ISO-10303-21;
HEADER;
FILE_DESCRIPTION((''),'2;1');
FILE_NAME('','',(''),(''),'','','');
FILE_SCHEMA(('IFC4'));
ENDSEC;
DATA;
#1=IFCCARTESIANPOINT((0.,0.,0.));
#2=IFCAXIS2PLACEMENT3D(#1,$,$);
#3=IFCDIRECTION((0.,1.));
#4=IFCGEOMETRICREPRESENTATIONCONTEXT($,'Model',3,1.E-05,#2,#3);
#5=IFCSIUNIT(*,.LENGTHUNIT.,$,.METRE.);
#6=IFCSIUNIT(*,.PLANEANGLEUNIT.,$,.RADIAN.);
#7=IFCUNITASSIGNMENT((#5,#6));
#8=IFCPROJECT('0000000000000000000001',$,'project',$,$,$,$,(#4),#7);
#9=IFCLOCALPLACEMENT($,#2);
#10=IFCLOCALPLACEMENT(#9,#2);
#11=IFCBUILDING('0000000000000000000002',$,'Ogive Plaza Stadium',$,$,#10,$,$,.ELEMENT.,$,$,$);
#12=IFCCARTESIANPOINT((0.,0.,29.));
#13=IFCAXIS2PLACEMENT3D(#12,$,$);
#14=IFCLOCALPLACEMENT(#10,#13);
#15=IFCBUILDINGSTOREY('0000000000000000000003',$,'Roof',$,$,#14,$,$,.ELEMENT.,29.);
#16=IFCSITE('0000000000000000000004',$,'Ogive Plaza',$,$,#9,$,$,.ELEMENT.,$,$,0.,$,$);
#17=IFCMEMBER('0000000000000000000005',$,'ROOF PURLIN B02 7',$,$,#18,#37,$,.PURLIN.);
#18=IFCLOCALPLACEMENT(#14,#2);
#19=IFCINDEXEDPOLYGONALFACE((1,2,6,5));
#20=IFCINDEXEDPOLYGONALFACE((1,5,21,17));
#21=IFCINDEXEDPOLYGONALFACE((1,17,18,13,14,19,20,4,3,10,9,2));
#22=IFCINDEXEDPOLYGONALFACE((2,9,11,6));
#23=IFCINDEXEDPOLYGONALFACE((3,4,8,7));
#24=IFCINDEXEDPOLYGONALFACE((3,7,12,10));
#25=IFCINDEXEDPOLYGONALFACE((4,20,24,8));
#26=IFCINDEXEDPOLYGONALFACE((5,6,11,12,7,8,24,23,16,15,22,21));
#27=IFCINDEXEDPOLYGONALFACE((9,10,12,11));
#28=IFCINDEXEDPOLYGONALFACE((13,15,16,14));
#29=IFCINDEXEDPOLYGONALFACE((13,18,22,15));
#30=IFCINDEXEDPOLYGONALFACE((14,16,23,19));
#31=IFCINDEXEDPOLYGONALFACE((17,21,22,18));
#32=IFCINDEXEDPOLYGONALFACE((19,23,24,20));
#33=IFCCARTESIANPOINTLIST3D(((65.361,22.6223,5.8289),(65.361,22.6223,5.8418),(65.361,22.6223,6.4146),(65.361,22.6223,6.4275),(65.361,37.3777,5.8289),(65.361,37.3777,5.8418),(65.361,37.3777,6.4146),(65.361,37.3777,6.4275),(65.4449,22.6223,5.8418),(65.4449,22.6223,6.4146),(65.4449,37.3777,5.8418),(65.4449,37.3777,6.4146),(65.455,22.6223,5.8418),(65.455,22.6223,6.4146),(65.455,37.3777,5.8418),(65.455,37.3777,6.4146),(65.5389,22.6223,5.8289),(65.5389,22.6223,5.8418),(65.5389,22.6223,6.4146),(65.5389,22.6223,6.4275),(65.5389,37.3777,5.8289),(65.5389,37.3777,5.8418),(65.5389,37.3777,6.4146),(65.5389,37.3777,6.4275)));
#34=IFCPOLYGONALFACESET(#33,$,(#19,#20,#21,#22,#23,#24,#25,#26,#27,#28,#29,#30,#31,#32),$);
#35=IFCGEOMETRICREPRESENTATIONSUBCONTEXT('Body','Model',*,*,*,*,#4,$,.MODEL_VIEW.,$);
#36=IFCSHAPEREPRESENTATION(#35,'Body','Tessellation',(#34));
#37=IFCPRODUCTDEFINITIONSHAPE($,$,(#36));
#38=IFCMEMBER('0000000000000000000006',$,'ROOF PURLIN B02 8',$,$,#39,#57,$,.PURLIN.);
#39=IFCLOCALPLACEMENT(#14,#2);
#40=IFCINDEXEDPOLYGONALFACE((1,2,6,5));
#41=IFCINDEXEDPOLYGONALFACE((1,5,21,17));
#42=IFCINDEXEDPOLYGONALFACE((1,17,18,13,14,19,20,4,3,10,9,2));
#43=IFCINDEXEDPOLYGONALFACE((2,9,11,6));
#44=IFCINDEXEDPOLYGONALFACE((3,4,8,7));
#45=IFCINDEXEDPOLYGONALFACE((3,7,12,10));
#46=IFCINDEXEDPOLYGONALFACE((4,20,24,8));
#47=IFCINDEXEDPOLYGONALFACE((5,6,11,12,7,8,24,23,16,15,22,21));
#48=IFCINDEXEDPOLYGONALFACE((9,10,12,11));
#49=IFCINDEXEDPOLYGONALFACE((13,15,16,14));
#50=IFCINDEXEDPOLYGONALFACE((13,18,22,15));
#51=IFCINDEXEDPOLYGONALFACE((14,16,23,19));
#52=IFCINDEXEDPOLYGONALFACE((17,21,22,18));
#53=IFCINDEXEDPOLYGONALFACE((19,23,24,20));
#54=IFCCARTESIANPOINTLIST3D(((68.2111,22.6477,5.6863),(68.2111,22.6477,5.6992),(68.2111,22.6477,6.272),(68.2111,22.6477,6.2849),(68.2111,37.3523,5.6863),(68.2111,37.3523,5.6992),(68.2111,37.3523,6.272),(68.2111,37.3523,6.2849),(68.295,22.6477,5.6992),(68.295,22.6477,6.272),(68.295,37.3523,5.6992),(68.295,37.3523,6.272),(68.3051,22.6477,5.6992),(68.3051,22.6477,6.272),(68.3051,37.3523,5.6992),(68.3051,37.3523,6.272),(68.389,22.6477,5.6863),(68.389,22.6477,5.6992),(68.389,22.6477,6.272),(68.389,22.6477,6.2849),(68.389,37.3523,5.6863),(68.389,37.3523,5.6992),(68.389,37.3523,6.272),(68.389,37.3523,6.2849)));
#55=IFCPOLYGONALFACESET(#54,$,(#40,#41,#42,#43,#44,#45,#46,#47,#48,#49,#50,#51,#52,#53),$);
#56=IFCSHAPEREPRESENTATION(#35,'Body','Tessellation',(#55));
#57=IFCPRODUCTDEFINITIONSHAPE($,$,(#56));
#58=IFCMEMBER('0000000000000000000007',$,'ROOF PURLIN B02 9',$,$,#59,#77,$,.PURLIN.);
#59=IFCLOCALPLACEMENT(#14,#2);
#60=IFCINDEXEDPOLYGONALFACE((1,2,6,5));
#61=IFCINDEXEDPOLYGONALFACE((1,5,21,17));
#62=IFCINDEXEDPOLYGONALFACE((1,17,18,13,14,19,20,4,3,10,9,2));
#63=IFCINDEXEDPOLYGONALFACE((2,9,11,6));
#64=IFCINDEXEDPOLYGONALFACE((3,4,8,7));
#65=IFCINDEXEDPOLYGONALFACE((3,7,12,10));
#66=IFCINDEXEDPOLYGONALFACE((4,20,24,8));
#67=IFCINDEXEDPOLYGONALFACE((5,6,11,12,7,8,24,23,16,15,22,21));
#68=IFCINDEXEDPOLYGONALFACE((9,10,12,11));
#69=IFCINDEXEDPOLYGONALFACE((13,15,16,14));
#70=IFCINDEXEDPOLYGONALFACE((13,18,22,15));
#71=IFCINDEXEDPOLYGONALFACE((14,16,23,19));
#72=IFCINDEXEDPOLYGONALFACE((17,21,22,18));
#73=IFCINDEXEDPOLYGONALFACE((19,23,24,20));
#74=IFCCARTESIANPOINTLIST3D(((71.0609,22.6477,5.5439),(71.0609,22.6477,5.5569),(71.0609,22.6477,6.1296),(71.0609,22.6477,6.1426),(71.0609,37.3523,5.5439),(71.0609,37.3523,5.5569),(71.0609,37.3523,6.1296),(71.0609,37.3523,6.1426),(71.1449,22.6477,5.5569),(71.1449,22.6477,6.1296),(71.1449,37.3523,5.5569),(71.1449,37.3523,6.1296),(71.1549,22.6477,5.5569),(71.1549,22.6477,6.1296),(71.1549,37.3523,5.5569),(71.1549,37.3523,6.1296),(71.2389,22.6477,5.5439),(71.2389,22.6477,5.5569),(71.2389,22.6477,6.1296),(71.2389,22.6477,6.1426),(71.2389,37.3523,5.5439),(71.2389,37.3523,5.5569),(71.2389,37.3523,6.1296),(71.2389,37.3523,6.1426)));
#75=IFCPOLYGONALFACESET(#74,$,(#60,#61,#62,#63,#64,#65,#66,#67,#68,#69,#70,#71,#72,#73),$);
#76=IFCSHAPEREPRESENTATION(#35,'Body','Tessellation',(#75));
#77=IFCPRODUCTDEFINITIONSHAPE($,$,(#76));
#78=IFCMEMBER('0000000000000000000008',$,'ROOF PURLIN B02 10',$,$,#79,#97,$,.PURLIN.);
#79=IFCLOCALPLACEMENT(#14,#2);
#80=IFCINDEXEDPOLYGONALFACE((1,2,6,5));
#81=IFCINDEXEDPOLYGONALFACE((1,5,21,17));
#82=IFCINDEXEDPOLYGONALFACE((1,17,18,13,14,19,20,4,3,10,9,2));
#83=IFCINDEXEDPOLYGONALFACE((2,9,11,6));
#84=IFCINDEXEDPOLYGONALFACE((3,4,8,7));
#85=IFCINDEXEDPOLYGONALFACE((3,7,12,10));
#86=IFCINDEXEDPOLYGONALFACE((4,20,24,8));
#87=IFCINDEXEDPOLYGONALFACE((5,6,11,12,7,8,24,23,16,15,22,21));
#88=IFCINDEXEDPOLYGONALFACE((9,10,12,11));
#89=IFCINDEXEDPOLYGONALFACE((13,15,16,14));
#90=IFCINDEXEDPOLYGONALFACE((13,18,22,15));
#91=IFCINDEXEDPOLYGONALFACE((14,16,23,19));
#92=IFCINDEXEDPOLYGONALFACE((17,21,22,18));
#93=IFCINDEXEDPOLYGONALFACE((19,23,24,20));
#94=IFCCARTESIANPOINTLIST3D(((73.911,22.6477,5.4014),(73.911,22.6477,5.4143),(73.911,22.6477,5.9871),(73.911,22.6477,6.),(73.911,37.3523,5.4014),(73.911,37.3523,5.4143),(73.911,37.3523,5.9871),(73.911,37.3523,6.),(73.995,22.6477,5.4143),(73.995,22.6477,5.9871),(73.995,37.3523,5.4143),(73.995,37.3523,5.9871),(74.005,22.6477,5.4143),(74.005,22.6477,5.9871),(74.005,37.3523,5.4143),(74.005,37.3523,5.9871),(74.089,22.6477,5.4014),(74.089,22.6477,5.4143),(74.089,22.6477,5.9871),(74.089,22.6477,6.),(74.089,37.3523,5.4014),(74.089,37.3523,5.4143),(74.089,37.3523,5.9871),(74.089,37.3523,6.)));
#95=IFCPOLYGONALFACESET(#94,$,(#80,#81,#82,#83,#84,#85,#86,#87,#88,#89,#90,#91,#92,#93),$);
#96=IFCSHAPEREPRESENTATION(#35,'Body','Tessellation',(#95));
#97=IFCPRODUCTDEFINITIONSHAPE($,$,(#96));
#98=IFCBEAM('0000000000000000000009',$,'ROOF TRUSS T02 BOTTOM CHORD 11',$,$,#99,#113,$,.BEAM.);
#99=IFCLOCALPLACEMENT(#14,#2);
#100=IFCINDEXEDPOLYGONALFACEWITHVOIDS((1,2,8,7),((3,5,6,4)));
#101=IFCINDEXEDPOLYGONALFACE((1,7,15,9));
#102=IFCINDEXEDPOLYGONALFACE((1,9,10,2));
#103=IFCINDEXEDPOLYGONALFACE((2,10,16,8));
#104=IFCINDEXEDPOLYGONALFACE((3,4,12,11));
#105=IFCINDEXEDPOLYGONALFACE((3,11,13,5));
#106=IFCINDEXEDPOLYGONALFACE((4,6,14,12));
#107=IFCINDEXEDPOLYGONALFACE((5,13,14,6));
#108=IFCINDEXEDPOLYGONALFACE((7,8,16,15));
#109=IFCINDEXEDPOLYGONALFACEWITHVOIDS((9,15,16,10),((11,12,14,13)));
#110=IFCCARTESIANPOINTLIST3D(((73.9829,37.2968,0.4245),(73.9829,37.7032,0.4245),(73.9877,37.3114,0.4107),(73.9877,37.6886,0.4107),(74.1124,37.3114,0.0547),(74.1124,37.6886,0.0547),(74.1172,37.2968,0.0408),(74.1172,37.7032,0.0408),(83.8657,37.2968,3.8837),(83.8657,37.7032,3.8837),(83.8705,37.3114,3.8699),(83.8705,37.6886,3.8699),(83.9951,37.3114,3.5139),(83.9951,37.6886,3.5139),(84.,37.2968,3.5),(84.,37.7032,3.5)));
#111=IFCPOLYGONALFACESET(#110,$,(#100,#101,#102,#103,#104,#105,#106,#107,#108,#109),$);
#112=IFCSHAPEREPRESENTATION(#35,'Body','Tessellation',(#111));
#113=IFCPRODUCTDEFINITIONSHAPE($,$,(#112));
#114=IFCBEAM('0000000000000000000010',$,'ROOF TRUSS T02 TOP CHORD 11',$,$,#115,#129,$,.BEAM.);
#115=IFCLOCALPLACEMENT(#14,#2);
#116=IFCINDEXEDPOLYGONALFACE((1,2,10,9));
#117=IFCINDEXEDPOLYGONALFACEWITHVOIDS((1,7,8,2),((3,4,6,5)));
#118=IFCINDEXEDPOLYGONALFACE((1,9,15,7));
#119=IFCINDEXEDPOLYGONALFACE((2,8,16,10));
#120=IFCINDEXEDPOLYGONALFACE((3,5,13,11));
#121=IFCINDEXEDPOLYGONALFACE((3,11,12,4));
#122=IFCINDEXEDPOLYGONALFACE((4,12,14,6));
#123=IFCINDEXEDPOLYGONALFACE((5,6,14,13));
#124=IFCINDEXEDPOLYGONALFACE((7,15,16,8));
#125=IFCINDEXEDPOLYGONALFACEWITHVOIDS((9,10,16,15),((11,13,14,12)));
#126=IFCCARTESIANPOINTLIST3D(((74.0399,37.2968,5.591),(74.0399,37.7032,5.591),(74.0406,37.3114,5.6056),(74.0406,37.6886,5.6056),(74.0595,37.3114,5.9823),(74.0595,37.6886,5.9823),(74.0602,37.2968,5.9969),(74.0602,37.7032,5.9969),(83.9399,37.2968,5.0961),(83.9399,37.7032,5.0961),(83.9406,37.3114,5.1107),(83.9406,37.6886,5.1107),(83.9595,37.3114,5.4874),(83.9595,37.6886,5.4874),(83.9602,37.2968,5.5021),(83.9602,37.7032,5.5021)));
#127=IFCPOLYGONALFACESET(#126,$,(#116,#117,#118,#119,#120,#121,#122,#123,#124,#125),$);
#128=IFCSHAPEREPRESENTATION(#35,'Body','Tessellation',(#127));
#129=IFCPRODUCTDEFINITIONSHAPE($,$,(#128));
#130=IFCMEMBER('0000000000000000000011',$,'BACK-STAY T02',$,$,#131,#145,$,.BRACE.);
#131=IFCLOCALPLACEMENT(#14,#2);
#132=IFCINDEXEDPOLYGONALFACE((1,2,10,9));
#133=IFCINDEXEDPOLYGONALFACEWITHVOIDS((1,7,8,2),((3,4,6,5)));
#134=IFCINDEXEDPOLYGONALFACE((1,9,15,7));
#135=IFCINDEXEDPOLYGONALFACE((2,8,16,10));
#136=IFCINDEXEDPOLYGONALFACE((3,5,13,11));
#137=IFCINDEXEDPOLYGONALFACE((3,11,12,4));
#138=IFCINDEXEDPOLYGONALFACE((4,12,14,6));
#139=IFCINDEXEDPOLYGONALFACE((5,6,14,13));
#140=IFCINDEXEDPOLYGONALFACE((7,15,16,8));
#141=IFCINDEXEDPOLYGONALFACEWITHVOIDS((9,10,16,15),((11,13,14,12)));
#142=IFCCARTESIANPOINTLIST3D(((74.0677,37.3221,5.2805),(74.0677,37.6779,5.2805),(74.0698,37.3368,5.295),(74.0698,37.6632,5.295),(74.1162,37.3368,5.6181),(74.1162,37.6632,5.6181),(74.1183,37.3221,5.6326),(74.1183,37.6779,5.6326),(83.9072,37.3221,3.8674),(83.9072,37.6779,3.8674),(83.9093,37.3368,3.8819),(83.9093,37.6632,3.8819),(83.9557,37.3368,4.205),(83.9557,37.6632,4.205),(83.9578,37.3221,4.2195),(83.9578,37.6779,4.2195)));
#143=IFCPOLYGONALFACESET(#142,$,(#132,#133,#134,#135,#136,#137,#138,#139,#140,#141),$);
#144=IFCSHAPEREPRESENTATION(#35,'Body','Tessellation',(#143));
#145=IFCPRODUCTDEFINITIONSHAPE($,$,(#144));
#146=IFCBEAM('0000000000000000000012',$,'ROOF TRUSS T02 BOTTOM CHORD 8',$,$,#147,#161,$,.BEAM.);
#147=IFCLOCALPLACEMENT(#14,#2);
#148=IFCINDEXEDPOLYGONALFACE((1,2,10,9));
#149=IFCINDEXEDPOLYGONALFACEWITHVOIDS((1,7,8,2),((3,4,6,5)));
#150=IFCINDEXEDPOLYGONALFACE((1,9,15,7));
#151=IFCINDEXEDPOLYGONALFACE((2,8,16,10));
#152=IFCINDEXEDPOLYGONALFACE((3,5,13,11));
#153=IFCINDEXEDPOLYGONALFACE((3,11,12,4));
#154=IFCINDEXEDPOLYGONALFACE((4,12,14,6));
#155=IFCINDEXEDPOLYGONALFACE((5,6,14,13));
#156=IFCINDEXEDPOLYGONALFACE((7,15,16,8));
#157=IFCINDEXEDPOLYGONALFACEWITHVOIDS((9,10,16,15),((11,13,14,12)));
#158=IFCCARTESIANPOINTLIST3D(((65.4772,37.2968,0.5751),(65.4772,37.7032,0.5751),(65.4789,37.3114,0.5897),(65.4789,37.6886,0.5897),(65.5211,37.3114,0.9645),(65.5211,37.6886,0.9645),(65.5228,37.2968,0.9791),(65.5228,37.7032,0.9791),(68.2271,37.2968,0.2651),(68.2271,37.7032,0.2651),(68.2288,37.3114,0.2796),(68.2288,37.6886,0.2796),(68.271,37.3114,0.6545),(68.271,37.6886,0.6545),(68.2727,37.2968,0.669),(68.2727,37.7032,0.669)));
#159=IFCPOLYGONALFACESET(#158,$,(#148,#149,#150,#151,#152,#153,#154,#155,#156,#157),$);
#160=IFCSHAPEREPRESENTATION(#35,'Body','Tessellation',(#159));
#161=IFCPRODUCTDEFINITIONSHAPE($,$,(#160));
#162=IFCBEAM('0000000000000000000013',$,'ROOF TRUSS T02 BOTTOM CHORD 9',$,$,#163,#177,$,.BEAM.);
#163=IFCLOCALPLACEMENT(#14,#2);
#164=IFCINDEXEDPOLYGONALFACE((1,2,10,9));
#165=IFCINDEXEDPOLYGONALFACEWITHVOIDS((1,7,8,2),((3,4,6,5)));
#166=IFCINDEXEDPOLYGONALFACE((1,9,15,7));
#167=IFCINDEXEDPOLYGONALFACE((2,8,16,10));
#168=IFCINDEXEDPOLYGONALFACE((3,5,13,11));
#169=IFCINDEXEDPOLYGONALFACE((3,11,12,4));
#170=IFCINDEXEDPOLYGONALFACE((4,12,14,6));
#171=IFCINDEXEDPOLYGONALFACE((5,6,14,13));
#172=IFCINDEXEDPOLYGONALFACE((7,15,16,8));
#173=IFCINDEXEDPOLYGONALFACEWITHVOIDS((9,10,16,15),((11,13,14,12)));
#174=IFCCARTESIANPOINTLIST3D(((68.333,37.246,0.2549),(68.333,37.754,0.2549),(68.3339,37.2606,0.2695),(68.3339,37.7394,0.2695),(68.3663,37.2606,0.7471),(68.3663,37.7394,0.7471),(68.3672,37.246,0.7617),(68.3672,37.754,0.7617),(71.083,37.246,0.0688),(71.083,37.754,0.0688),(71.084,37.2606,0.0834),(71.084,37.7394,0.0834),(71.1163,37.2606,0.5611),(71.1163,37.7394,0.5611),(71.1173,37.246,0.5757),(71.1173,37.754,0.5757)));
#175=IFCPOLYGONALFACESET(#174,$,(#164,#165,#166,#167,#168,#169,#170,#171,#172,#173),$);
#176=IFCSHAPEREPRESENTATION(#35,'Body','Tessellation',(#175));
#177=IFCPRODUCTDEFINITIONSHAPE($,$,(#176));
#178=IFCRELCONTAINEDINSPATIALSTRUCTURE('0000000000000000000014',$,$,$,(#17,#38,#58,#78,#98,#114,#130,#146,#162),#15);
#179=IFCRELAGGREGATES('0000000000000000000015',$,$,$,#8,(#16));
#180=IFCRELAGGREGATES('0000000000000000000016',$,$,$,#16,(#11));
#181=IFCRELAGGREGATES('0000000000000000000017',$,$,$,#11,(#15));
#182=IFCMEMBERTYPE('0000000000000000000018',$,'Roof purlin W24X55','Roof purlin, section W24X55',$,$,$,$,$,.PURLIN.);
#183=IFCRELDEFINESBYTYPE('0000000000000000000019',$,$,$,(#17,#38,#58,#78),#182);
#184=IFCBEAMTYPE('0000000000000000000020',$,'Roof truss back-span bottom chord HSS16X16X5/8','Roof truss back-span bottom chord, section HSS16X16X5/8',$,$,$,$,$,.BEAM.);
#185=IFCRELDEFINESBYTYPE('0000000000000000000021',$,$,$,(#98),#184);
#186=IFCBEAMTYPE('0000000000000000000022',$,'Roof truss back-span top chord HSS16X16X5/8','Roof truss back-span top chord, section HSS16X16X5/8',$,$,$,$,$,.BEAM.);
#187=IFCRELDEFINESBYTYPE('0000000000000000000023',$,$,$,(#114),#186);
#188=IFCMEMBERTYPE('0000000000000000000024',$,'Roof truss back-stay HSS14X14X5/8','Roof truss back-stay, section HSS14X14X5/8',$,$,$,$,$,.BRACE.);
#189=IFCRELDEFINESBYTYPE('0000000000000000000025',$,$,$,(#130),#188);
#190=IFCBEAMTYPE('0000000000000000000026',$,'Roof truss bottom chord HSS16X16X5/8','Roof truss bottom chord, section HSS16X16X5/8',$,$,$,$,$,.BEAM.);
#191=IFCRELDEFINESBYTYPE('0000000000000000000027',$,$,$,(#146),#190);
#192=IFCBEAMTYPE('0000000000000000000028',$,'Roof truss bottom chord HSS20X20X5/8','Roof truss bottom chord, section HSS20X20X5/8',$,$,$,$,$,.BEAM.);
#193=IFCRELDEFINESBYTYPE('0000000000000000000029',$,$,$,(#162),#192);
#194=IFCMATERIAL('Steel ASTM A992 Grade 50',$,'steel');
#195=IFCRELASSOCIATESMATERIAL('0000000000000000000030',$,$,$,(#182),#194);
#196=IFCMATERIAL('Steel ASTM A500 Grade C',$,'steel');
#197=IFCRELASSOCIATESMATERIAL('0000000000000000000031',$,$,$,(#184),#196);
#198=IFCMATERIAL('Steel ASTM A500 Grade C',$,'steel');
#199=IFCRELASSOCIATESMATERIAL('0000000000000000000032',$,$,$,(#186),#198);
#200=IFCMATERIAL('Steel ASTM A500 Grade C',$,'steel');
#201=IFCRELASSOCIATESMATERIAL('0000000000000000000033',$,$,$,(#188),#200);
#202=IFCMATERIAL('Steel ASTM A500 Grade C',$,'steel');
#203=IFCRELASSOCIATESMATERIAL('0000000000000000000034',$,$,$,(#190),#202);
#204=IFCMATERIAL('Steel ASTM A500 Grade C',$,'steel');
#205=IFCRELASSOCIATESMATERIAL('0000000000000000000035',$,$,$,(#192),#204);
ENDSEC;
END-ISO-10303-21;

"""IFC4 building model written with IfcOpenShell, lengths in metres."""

from ifc_helpers import new_model, si_unit, direction, frame, origin, origin_2d, place, context, subcontext, project, spatial, hollow_rectangle, i_section, extrude, material, material_profile, profile_set, type_object, element, save


model = new_model("IFC4")

# Units and contexts
model_context = context("Model", 3, precision=1e-05, world=origin(), true_north=direction((0.0, 1.0)))
body_context = subcontext(model_context, "Body", "Model", "MODEL_VIEW")
ifc_project = project(units=[si_unit("LENGTHUNIT", "METRE"), si_unit("PLANEANGLEUNIT", "RADIAN")], contexts=[model_context])

# Site, building, storey
site_placement = place(None, origin())
site = spatial("IfcSite", under=ifc_project, at=site_placement, Name="Ogive Plaza", CompositionType="ELEMENT", RefElevation=0.0)
building_placement = place(site_placement, origin())
building = spatial("IfcBuilding", under=site, at=building_placement, Name="Ogive Plaza Stadium", CompositionType="ELEMENT")
storey_placement = place(building_placement, frame((0.0, 0.0, 29.0)))
storey = spatial("IfcBuildingStorey", under=building, at=storey_placement, Name="Roof", CompositionType="ELEMENT", Elevation=29.0)

# Members
ifc_material_1 = material(Name="Steel ASTM A992 Grade 50", Category="steel")
ifc_material_profile_1 = material_profile(ifc_material_1, i_section(OverallWidth=0.178, OverallDepth=0.5986, WebThickness=0.01, FlangeThickness=0.0129, at=origin_2d()), Name="W24X55")
ifc_profile_set_1 = profile_set([ifc_material_profile_1], Name="Steel ASTM A992 Grade 50")
member_type_1 = type_object("IfcMemberType", Name="Roof purlin W24X55", Description="Roof purlin, section W24X55", PredefinedType="PURLIN", material=ifc_profile_set_1)
member_1_placement = place(storey_placement, frame((65.45, 37.3777, 6.1282), z_axis=(0.0, -1.0, 0.0), x_axis=(1.0, 0.0, 0.0)))
element("IfcMember", 1, at=member_1_placement, inside=storey, type_object=member_type_1, Name="ROOF PURLIN B02 7", PredefinedType="PURLIN", context=body_context, shape_type="SweptSolid", body=[
    extrude(i_section(OverallWidth=0.178, OverallDepth=0.5986, WebThickness=0.01, FlangeThickness=0.0129, at=origin_2d()), origin(), (0.0, 0.0, 1.0), 14.7554),
])
for number, where, z_axis, x_axis, name in (
    (2, (68.3, 37.3523, 5.9856), (0.0, -1.0, 0.0), (1.0, 0.0, 0.0), "ROOF PURLIN B02 8"),
    (3, (71.1499, 37.3523, 5.8433), (0.0, -1.0, 0.0), (1.0, 0.0, 0.0), "ROOF PURLIN B02 9"),
    (4, (74.0, 37.3523, 5.7007), (0.0, -1.0, 0.0), (1.0, 0.0, 0.0), "ROOF PURLIN B02 10"),
):
    element("IfcMember", number, at=place(storey_placement, frame(where, z_axis=z_axis, x_axis=x_axis)), inside=storey, type_object=member_type_1, Name=name, PredefinedType="PURLIN", context=body_context, shape_type="SweptSolid", body=[
        extrude(i_section(OverallWidth=0.178, OverallDepth=0.5986, WebThickness=0.01, FlangeThickness=0.0129, at=origin_2d()), origin(), (0.0, 0.0, 1.0), 14.7046),
    ])

# Beams
ifc_material_2 = material(Name="Steel ASTM A500 Grade C", Category="steel")
ifc_material_profile_2 = material_profile(ifc_material_2, hollow_rectangle(XDim=0.4065, YDim=0.4065, WallThickness=0.0146, at=origin_2d()), Name="HSS16X16X5/8")
ifc_profile_set_2 = profile_set([ifc_material_profile_2], Name="Steel ASTM A500 Grade C")
beam_type_1 = type_object("IfcBeamType", Name="Roof truss back-span bottom chord HSS16X16X5/8", Description="Roof truss back-span bottom chord, section HSS16X16X5/8", PredefinedType="BEAM", material=ifc_profile_set_2)
beam_1_placement = place(storey_placement, frame((74.05, 37.5, 0.2327), z_axis=(0.943851, 0.0, 0.330371), x_axis=(0.0, 1.0, 0.0)))
element("IfcBeam", 5, at=beam_1_placement, inside=storey, type_object=beam_type_1, Name="ROOF TRUSS T02 BOTTOM CHORD 11", PredefinedType="BEAM", context=body_context, shape_type="SweptSolid", body=[
    extrude(hollow_rectangle(XDim=0.4065, YDim=0.4065, WallThickness=0.0146, at=origin_2d()), origin(), (0.0, 0.0, 1.0), 10.4707),
])
ifc_material_3 = material(Name="Steel ASTM A500 Grade C", Category="steel")
ifc_material_profile_3 = material_profile(ifc_material_3, hollow_rectangle(XDim=0.4065, YDim=0.4065, WallThickness=0.0146, at=origin_2d()), Name="HSS16X16X5/8")
ifc_profile_set_3 = profile_set([ifc_material_profile_3], Name="Steel ASTM A500 Grade C")
beam_type_2 = type_object("IfcBeamType", Name="Roof truss back-span top chord HSS16X16X5/8", Description="Roof truss back-span top chord, section HSS16X16X5/8", PredefinedType="BEAM", material=ifc_profile_set_3)
beam_2_placement = place(storey_placement, frame((74.05, 37.5, 5.7939), z_axis=(0.998753, 0.0, -0.049925), x_axis=(0.0, 1.0, 0.0)))
element("IfcBeam", 6, at=beam_2_placement, inside=storey, type_object=beam_type_2, Name="ROOF TRUSS T02 TOP CHORD 11", PredefinedType="BEAM", context=body_context, shape_type="SweptSolid", body=[
    extrude(hollow_rectangle(XDim=0.4065, YDim=0.4065, WallThickness=0.0146, at=origin_2d()), origin(), (0.0, 0.0, 1.0), 9.9124),
])

# Member
ifc_material_4 = material(Name="Steel ASTM A500 Grade C", Category="steel")
ifc_material_profile_4 = material_profile(ifc_material_4, hollow_rectangle(XDim=0.3557, YDim=0.3557, WallThickness=0.0146, at=origin_2d()), Name="HSS14X14X5/8")
ifc_profile_set_4 = profile_set([ifc_material_profile_4], Name="Steel ASTM A500 Grade C")
member_type_2 = type_object("IfcMemberType", Name="Roof truss back-stay HSS14X14X5/8", Description="Roof truss back-stay, section HSS14X14X5/8", PredefinedType="BRACE", material=ifc_profile_set_4)
member_2_placement = place(storey_placement, frame((74.093, 37.5, 5.4565), z_axis=(0.989844, 0.0, -0.142157), x_axis=(0.0, 1.0, 0.0)))
element("IfcMember", 7, at=member_2_placement, inside=storey, type_object=member_type_2, Name="BACK-STAY T02", PredefinedType="BRACE", context=body_context, shape_type="SweptSolid", body=[
    extrude(hollow_rectangle(XDim=0.3557, YDim=0.3557, WallThickness=0.0146, at=origin_2d()), origin(), (0.0, 0.0, 1.0), 9.9404),
])

# Beams
ifc_material_5 = material(Name="Steel ASTM A500 Grade C", Category="steel")
ifc_material_profile_5 = material_profile(ifc_material_5, hollow_rectangle(XDim=0.4065, YDim=0.4065, WallThickness=0.0146, at=origin_2d()), Name="HSS16X16X5/8")
ifc_profile_set_5 = profile_set([ifc_material_profile_5], Name="Steel ASTM A500 Grade C")
beam_type_3 = type_object("IfcBeamType", Name="Roof truss bottom chord HSS16X16X5/8", Description="Roof truss bottom chord, section HSS16X16X5/8", PredefinedType="BEAM", material=ifc_profile_set_5)
beam_3_placement = place(storey_placement, frame((65.5, 37.5, 0.7771), z_axis=(0.993704, 0.0, -0.112039), x_axis=(0.0, 1.0, 0.0)))
element("IfcBeam", 8, at=beam_3_placement, inside=storey, type_object=beam_type_3, Name="ROOF TRUSS T02 BOTTOM CHORD 8", PredefinedType="BEAM", context=body_context, shape_type="SweptSolid", body=[
    extrude(hollow_rectangle(XDim=0.4065, YDim=0.4065, WallThickness=0.0146, at=origin_2d()), origin(), (0.0, 0.0, 1.0), 2.7673),
])
ifc_material_6 = material(Name="Steel ASTM A500 Grade C", Category="steel")
ifc_material_profile_6 = material_profile(ifc_material_6, hollow_rectangle(XDim=0.5081, YDim=0.5081, WallThickness=0.0146, at=origin_2d()), Name="HSS20X20X5/8")
ifc_profile_set_6 = profile_set([ifc_material_profile_6], Name="Steel ASTM A500 Grade C")
beam_type_4 = type_object("IfcBeamType", Name="Roof truss bottom chord HSS20X20X5/8", Description="Roof truss bottom chord, section HSS20X20X5/8", PredefinedType="BEAM", material=ifc_profile_set_6)
beam_4_placement = place(storey_placement, frame((68.3501, 37.5, 0.5083), z_axis=(0.99772, 0.0, -0.067495), x_axis=(0.0, 1.0, 0.0)))
element("IfcBeam", 9, at=beam_4_placement, inside=storey, type_object=beam_type_4, Name="ROOF TRUSS T02 BOTTOM CHORD 9", PredefinedType="BEAM", context=body_context, shape_type="SweptSolid", body=[
    extrude(hollow_rectangle(XDim=0.5081, YDim=0.5081, WallThickness=0.0146, at=origin_2d()), origin(), (0.0, 0.0, 1.0), 2.7563),
])

save(model, "model.ifc")
